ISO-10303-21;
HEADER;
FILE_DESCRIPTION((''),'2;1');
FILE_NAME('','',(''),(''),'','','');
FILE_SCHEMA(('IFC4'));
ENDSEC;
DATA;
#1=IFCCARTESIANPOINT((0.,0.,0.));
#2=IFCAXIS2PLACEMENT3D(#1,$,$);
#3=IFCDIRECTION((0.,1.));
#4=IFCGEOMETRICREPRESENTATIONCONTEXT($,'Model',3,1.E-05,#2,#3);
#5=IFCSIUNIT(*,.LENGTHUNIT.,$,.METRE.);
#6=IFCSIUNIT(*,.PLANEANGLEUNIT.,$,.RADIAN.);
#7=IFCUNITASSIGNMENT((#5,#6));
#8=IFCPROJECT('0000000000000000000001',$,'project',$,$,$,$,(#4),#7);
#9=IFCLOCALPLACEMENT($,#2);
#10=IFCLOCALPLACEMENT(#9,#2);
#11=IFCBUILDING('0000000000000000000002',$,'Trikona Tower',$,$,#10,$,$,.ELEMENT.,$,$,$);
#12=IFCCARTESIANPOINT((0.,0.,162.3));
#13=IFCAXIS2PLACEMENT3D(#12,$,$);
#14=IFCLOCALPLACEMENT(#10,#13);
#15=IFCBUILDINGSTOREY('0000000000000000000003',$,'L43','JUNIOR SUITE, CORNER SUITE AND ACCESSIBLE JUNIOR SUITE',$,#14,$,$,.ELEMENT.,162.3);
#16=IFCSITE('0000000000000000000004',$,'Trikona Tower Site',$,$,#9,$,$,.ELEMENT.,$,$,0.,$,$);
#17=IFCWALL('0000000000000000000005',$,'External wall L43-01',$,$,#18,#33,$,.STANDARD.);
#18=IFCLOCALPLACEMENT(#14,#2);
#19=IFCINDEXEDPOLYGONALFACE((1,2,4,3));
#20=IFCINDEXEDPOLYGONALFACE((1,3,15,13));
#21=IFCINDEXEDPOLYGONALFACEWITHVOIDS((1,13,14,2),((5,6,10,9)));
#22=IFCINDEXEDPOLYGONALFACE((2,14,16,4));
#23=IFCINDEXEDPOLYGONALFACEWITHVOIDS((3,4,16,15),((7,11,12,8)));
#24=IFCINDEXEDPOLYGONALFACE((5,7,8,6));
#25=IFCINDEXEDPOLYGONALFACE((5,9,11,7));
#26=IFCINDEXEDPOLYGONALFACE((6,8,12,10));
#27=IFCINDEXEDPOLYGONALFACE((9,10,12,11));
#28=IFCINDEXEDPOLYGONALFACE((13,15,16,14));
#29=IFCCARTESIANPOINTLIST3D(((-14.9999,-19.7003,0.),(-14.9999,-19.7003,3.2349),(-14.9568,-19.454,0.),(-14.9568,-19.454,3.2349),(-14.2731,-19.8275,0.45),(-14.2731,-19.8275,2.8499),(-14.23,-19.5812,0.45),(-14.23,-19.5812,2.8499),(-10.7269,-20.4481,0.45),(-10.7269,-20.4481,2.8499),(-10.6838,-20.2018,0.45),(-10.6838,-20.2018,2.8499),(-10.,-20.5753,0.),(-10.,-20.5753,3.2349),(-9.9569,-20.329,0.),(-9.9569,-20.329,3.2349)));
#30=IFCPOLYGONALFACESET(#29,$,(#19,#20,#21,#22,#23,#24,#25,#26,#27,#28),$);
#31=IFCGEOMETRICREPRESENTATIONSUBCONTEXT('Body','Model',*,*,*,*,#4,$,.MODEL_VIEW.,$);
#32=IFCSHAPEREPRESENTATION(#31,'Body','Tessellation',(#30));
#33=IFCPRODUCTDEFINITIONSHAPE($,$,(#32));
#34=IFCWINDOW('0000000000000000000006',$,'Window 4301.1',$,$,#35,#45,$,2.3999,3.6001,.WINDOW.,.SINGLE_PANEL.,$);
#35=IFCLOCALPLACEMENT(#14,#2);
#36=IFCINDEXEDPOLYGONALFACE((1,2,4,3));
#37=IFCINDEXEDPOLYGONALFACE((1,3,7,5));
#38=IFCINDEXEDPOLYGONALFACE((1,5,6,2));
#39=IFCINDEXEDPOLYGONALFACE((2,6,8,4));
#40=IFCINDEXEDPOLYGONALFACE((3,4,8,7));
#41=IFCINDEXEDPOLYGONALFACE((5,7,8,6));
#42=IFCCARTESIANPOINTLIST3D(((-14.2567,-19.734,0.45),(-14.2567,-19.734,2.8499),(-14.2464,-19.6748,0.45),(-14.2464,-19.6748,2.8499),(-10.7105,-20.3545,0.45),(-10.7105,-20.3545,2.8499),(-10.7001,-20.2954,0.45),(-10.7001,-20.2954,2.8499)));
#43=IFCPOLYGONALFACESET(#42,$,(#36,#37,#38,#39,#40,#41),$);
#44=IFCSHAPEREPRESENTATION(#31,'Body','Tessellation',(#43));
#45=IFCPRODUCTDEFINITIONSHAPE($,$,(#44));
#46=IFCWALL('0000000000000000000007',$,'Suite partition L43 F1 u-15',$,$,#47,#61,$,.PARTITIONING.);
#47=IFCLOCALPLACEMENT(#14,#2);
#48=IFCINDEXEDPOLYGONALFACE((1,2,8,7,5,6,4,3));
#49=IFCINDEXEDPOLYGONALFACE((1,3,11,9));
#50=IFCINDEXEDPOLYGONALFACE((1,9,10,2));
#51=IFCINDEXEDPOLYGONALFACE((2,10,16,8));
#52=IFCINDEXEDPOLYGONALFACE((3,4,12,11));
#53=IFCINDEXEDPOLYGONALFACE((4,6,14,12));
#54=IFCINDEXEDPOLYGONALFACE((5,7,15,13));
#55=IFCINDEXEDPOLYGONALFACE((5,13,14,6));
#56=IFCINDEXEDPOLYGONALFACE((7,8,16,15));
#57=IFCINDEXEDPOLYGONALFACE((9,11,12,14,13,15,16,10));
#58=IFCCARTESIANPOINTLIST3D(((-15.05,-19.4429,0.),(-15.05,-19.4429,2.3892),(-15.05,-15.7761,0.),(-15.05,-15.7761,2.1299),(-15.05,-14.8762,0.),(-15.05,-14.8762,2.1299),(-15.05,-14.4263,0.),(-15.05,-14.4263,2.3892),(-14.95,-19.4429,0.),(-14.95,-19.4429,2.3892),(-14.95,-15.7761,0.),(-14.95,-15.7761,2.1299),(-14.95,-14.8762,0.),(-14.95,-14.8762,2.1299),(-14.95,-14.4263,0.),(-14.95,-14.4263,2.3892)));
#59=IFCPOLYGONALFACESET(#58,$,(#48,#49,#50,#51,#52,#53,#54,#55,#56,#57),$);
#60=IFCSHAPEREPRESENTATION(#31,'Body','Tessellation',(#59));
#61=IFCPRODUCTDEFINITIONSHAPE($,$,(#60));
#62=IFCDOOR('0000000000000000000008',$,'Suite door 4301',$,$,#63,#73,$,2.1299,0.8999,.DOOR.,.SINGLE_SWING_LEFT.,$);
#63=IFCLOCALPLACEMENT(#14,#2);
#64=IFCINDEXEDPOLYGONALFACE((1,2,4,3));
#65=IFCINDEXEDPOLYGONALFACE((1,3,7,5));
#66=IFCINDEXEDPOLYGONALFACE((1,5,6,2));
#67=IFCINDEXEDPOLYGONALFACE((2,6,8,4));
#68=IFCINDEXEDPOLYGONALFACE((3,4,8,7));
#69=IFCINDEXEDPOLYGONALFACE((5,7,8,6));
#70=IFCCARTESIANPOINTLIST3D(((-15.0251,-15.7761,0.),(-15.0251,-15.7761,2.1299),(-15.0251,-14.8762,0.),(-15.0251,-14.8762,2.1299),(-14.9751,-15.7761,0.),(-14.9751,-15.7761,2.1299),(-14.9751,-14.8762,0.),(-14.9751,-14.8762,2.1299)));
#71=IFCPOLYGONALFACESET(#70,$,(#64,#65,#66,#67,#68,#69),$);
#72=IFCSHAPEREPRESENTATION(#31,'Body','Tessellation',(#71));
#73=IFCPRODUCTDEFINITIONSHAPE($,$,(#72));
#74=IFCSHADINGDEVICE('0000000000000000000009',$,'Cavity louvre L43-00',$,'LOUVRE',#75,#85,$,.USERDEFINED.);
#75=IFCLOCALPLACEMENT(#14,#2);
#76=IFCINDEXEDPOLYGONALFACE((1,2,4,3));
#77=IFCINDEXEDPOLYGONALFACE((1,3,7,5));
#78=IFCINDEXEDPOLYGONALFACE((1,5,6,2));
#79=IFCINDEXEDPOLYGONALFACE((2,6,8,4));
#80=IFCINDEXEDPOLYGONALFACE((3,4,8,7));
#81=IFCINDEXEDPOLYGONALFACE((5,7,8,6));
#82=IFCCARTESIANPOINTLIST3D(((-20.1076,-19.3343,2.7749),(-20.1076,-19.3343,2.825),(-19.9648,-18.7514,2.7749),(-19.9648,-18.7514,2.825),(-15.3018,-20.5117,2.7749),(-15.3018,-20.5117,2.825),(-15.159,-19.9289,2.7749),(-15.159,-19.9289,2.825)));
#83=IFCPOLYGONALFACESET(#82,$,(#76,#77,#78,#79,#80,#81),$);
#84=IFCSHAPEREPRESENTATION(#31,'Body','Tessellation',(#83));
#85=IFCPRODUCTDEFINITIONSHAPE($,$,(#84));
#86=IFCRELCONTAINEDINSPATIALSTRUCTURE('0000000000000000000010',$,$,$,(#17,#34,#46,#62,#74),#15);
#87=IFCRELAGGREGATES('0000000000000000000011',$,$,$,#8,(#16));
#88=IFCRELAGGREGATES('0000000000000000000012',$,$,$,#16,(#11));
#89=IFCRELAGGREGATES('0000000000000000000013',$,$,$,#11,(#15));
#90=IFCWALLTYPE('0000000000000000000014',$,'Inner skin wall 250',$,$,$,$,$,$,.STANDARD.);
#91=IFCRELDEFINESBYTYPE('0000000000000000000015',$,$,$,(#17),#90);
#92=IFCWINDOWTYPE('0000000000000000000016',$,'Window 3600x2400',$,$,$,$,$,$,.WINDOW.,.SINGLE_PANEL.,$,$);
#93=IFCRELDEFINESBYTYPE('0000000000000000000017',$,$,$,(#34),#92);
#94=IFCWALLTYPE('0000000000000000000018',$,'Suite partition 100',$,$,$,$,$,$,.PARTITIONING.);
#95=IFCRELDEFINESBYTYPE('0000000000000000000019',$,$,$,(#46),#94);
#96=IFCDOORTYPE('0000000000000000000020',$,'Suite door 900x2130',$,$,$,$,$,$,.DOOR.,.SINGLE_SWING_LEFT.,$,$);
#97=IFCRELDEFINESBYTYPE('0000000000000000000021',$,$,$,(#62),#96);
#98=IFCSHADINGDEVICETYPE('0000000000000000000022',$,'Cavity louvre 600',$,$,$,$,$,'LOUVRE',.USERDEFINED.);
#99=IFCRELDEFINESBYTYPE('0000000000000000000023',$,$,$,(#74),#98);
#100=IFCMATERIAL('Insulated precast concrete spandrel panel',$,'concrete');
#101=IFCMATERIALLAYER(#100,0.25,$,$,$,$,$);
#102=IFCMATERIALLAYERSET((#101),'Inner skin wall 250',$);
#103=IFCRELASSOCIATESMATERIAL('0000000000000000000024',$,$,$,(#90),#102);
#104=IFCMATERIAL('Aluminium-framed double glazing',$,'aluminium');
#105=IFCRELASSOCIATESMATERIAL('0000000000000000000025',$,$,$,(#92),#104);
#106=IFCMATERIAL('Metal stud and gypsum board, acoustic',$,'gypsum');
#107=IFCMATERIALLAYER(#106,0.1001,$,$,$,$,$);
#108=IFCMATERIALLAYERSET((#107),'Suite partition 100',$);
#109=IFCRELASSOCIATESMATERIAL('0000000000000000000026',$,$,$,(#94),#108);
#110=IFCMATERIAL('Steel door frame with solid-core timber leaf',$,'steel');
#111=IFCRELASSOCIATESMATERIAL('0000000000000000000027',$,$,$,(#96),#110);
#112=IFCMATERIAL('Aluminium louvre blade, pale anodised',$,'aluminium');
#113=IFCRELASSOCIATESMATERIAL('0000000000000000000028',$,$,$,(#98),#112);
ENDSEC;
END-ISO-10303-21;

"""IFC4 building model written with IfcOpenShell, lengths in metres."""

from ifc_helpers import new_model, si_unit, direction, frame, frame_2d, origin, origin_2d, place, context, subcontext, project, spatial, rectangle, extrude, material, layer, layer_set, type_object, element, fill, save


model = new_model("IFC4")

# Units and contexts
model_context = context("Model", 3, precision=1e-05, world=origin(), true_north=direction((0.0, 1.0)))
body_context = subcontext(model_context, "Body", "Model", "MODEL_VIEW")
ifc_project = project(units=[si_unit("LENGTHUNIT", "METRE"), si_unit("PLANEANGLEUNIT", "RADIAN")], contexts=[model_context])

# Site, building, storey
site_placement = place(None, origin())
site = spatial("IfcSite", under=ifc_project, at=site_placement, Name="Trikona Tower Site", CompositionType="ELEMENT", RefElevation=0.0)
building_placement = place(site_placement, origin())
building = spatial("IfcBuilding", under=site, at=building_placement, Name="Trikona Tower", CompositionType="ELEMENT")
storey_placement = place(building_placement, frame((0.0, 0.0, 162.3)))
storey = spatial("IfcBuildingStorey", under=building, at=storey_placement, Name="L43", Description="JUNIOR SUITE, CORNER SUITE AND ACCESSIBLE JUNIOR SUITE", CompositionType="ELEMENT", Elevation=162.3)

# Wall, opening, window
ifc_material_1 = material(Name="Insulated precast concrete spandrel panel", Category="concrete")
ifc_layer_1 = layer(ifc_material_1, 0.25)
ifc_layer_set_1 = layer_set([ifc_layer_1], Name="Inner skin wall 250")
wall_type_1 = type_object("IfcWallType", Name="Inner skin wall 250", PredefinedType="STANDARD", material=ifc_layer_set_1)
ifc_material_2 = material(Name="Aluminium-framed double glazing", Category="aluminium")
window_type = type_object("IfcWindowType", Name="Window 3600x2400", PartitioningType="SINGLE_PANEL", PredefinedType="WINDOW", material=ifc_material_2)
wall_1_placement = place(storey_placement, frame((-14.9785, -19.5771, 0.0), z_axis=(0.0, 0.0, 1.0), x_axis=(0.98503, -0.17238, 0.0)))
wall_1 = element("IfcWall", 1, at=wall_1_placement, inside=storey, type_object=wall_type_1, Name="External wall L43-01", PredefinedType="STANDARD", context=body_context, shape_type="SweptSolid", body=[
    extrude(rectangle(XDim=5.0759, YDim=0.25, at=frame_2d((2.5381, 0.0))), origin(), (0.0, 0.0, 1.0), 3.2349),
])
opening_1_placement = place(wall_1_placement, frame((0.738, 0.0, 0.45)))
opening_1 = element("IfcOpeningElement", 2, at=opening_1_placement, cuts=wall_1, PredefinedType="OPENING", context=body_context, shape_type="SweptSolid", body=[
    extrude(rectangle(XDim=3.6001, YDim=2.3999, at=frame_2d((1.8, 1.2))), frame((0.0, 0.135, 0.0), z_axis=(0.0, -1.0, 0.0), x_axis=(1.0, 0.0, 0.0)), (0.0, 0.0, 1.0), 0.27),
])
window_1_placement = place(opening_1_placement, origin())
window_1 = element("IfcWindow", 3, at=window_1_placement, inside=storey, type_object=window_type, Name="Window 4301.1", OverallHeight=2.3999, OverallWidth=3.6001, PartitioningType="SINGLE_PANEL", PredefinedType="WINDOW", context=body_context, shape_type="SweptSolid", body=[
    extrude(rectangle(XDim=3.6001, YDim=2.3999, at=frame_2d((1.8, 1.2))), frame((0.0, 0.03, 0.0), z_axis=(0.0, -1.0, 0.0), x_axis=(1.0, 0.0, 0.0)), (0.0, 0.0, 1.0), 0.0601),
])
fill(opening_1, window_1)

# Wall, opening, door
ifc_material_3 = material(Name="Metal stud and gypsum board, acoustic", Category="gypsum")
ifc_layer_2 = layer(ifc_material_3, 0.1001)
ifc_layer_set_2 = layer_set([ifc_layer_2], Name="Suite partition 100")
wall_type_2 = type_object("IfcWallType", Name="Suite partition 100", PredefinedType="PARTITIONING", material=ifc_layer_set_2)
wall_2_placement = place(storey_placement, frame((-15.0, -14.4263, 0.0), z_axis=(0.0, 0.0, 1.0), x_axis=(0.0, -1.0, 0.0)))
wall_2 = element("IfcWall", 4, at=wall_2_placement, inside=storey, type_object=wall_type_2, Name="Suite partition L43 F1 u-15", PredefinedType="PARTITIONING", context=body_context, shape_type="SweptSolid", body=[
    extrude(rectangle(XDim=5.0166, YDim=0.1001, at=frame_2d((2.5083, 0.0))), origin(), (0.0, 0.0, 1.0), 2.3892),
])
opening_2_placement = place(wall_2_placement, frame((0.45, 0.0, 0.0)))
opening_2 = element("IfcOpeningElement", 5, at=opening_2_placement, cuts=wall_2, PredefinedType="OPENING", context=body_context, shape_type="SweptSolid", body=[
    extrude(rectangle(XDim=0.8999, YDim=2.1299, at=frame_2d((0.45, 1.0649))), frame((0.0, 0.0601, 0.0), z_axis=(0.0, -1.0, 0.0), x_axis=(1.0, 0.0, 0.0)), (0.0, 0.0, 1.0), 0.1201),
])
ifc_material_4 = material(Name="Steel door frame with solid-core timber leaf", Category="steel")
door_type = type_object("IfcDoorType", Name="Suite door 900x2130", OperationType="SINGLE_SWING_LEFT", PredefinedType="DOOR", material=ifc_material_4)
door_placement = place(opening_2_placement, origin())
door = element("IfcDoor", 6, at=door_placement, inside=storey, type_object=door_type, Name="Suite door 4301", OperationType="SINGLE_SWING_LEFT", OverallHeight=2.1299, OverallWidth=0.8999, PredefinedType="DOOR", context=body_context, shape_type="SweptSolid", body=[
    extrude(rectangle(XDim=0.8999, YDim=2.1299, at=frame_2d((0.45, 1.0649))), frame((0.0, 0.0249, 0.0), z_axis=(0.0, -1.0, 0.0), x_axis=(1.0, 0.0, 0.0)), (0.0, 0.0, 1.0), 0.05),
])
fill(opening_2, door)

# Shading device
ifc_material_5 = material(Name="Aluminium louvre blade, pale anodised", Category="aluminium")
shading_device_type = type_object("IfcShadingDeviceType", Name="Cavity louvre 600", ElementType="LOUVRE", PredefinedType="USERDEFINED", material=ifc_material_5)
shading_device_placement = place(storey_placement, frame((-17.6333, -19.6316, 2.7749), z_axis=(0.0, 0.0, 1.0), x_axis=(0.971274, -0.237962, 0.0)))
element("IfcShadingDevice", 7, at=shading_device_placement, inside=storey, type_object=shading_device_type, Name="Cavity louvre L43-00", ObjectType="LOUVRE", PredefinedType="USERDEFINED", context=body_context, shape_type="SweptSolid", body=[
    extrude(rectangle(XDim=4.948, YDim=0.6001, at=origin_2d()), origin(), (0.0, 0.0, 1.0), 0.05),
])

save(model, "model.ifc")
